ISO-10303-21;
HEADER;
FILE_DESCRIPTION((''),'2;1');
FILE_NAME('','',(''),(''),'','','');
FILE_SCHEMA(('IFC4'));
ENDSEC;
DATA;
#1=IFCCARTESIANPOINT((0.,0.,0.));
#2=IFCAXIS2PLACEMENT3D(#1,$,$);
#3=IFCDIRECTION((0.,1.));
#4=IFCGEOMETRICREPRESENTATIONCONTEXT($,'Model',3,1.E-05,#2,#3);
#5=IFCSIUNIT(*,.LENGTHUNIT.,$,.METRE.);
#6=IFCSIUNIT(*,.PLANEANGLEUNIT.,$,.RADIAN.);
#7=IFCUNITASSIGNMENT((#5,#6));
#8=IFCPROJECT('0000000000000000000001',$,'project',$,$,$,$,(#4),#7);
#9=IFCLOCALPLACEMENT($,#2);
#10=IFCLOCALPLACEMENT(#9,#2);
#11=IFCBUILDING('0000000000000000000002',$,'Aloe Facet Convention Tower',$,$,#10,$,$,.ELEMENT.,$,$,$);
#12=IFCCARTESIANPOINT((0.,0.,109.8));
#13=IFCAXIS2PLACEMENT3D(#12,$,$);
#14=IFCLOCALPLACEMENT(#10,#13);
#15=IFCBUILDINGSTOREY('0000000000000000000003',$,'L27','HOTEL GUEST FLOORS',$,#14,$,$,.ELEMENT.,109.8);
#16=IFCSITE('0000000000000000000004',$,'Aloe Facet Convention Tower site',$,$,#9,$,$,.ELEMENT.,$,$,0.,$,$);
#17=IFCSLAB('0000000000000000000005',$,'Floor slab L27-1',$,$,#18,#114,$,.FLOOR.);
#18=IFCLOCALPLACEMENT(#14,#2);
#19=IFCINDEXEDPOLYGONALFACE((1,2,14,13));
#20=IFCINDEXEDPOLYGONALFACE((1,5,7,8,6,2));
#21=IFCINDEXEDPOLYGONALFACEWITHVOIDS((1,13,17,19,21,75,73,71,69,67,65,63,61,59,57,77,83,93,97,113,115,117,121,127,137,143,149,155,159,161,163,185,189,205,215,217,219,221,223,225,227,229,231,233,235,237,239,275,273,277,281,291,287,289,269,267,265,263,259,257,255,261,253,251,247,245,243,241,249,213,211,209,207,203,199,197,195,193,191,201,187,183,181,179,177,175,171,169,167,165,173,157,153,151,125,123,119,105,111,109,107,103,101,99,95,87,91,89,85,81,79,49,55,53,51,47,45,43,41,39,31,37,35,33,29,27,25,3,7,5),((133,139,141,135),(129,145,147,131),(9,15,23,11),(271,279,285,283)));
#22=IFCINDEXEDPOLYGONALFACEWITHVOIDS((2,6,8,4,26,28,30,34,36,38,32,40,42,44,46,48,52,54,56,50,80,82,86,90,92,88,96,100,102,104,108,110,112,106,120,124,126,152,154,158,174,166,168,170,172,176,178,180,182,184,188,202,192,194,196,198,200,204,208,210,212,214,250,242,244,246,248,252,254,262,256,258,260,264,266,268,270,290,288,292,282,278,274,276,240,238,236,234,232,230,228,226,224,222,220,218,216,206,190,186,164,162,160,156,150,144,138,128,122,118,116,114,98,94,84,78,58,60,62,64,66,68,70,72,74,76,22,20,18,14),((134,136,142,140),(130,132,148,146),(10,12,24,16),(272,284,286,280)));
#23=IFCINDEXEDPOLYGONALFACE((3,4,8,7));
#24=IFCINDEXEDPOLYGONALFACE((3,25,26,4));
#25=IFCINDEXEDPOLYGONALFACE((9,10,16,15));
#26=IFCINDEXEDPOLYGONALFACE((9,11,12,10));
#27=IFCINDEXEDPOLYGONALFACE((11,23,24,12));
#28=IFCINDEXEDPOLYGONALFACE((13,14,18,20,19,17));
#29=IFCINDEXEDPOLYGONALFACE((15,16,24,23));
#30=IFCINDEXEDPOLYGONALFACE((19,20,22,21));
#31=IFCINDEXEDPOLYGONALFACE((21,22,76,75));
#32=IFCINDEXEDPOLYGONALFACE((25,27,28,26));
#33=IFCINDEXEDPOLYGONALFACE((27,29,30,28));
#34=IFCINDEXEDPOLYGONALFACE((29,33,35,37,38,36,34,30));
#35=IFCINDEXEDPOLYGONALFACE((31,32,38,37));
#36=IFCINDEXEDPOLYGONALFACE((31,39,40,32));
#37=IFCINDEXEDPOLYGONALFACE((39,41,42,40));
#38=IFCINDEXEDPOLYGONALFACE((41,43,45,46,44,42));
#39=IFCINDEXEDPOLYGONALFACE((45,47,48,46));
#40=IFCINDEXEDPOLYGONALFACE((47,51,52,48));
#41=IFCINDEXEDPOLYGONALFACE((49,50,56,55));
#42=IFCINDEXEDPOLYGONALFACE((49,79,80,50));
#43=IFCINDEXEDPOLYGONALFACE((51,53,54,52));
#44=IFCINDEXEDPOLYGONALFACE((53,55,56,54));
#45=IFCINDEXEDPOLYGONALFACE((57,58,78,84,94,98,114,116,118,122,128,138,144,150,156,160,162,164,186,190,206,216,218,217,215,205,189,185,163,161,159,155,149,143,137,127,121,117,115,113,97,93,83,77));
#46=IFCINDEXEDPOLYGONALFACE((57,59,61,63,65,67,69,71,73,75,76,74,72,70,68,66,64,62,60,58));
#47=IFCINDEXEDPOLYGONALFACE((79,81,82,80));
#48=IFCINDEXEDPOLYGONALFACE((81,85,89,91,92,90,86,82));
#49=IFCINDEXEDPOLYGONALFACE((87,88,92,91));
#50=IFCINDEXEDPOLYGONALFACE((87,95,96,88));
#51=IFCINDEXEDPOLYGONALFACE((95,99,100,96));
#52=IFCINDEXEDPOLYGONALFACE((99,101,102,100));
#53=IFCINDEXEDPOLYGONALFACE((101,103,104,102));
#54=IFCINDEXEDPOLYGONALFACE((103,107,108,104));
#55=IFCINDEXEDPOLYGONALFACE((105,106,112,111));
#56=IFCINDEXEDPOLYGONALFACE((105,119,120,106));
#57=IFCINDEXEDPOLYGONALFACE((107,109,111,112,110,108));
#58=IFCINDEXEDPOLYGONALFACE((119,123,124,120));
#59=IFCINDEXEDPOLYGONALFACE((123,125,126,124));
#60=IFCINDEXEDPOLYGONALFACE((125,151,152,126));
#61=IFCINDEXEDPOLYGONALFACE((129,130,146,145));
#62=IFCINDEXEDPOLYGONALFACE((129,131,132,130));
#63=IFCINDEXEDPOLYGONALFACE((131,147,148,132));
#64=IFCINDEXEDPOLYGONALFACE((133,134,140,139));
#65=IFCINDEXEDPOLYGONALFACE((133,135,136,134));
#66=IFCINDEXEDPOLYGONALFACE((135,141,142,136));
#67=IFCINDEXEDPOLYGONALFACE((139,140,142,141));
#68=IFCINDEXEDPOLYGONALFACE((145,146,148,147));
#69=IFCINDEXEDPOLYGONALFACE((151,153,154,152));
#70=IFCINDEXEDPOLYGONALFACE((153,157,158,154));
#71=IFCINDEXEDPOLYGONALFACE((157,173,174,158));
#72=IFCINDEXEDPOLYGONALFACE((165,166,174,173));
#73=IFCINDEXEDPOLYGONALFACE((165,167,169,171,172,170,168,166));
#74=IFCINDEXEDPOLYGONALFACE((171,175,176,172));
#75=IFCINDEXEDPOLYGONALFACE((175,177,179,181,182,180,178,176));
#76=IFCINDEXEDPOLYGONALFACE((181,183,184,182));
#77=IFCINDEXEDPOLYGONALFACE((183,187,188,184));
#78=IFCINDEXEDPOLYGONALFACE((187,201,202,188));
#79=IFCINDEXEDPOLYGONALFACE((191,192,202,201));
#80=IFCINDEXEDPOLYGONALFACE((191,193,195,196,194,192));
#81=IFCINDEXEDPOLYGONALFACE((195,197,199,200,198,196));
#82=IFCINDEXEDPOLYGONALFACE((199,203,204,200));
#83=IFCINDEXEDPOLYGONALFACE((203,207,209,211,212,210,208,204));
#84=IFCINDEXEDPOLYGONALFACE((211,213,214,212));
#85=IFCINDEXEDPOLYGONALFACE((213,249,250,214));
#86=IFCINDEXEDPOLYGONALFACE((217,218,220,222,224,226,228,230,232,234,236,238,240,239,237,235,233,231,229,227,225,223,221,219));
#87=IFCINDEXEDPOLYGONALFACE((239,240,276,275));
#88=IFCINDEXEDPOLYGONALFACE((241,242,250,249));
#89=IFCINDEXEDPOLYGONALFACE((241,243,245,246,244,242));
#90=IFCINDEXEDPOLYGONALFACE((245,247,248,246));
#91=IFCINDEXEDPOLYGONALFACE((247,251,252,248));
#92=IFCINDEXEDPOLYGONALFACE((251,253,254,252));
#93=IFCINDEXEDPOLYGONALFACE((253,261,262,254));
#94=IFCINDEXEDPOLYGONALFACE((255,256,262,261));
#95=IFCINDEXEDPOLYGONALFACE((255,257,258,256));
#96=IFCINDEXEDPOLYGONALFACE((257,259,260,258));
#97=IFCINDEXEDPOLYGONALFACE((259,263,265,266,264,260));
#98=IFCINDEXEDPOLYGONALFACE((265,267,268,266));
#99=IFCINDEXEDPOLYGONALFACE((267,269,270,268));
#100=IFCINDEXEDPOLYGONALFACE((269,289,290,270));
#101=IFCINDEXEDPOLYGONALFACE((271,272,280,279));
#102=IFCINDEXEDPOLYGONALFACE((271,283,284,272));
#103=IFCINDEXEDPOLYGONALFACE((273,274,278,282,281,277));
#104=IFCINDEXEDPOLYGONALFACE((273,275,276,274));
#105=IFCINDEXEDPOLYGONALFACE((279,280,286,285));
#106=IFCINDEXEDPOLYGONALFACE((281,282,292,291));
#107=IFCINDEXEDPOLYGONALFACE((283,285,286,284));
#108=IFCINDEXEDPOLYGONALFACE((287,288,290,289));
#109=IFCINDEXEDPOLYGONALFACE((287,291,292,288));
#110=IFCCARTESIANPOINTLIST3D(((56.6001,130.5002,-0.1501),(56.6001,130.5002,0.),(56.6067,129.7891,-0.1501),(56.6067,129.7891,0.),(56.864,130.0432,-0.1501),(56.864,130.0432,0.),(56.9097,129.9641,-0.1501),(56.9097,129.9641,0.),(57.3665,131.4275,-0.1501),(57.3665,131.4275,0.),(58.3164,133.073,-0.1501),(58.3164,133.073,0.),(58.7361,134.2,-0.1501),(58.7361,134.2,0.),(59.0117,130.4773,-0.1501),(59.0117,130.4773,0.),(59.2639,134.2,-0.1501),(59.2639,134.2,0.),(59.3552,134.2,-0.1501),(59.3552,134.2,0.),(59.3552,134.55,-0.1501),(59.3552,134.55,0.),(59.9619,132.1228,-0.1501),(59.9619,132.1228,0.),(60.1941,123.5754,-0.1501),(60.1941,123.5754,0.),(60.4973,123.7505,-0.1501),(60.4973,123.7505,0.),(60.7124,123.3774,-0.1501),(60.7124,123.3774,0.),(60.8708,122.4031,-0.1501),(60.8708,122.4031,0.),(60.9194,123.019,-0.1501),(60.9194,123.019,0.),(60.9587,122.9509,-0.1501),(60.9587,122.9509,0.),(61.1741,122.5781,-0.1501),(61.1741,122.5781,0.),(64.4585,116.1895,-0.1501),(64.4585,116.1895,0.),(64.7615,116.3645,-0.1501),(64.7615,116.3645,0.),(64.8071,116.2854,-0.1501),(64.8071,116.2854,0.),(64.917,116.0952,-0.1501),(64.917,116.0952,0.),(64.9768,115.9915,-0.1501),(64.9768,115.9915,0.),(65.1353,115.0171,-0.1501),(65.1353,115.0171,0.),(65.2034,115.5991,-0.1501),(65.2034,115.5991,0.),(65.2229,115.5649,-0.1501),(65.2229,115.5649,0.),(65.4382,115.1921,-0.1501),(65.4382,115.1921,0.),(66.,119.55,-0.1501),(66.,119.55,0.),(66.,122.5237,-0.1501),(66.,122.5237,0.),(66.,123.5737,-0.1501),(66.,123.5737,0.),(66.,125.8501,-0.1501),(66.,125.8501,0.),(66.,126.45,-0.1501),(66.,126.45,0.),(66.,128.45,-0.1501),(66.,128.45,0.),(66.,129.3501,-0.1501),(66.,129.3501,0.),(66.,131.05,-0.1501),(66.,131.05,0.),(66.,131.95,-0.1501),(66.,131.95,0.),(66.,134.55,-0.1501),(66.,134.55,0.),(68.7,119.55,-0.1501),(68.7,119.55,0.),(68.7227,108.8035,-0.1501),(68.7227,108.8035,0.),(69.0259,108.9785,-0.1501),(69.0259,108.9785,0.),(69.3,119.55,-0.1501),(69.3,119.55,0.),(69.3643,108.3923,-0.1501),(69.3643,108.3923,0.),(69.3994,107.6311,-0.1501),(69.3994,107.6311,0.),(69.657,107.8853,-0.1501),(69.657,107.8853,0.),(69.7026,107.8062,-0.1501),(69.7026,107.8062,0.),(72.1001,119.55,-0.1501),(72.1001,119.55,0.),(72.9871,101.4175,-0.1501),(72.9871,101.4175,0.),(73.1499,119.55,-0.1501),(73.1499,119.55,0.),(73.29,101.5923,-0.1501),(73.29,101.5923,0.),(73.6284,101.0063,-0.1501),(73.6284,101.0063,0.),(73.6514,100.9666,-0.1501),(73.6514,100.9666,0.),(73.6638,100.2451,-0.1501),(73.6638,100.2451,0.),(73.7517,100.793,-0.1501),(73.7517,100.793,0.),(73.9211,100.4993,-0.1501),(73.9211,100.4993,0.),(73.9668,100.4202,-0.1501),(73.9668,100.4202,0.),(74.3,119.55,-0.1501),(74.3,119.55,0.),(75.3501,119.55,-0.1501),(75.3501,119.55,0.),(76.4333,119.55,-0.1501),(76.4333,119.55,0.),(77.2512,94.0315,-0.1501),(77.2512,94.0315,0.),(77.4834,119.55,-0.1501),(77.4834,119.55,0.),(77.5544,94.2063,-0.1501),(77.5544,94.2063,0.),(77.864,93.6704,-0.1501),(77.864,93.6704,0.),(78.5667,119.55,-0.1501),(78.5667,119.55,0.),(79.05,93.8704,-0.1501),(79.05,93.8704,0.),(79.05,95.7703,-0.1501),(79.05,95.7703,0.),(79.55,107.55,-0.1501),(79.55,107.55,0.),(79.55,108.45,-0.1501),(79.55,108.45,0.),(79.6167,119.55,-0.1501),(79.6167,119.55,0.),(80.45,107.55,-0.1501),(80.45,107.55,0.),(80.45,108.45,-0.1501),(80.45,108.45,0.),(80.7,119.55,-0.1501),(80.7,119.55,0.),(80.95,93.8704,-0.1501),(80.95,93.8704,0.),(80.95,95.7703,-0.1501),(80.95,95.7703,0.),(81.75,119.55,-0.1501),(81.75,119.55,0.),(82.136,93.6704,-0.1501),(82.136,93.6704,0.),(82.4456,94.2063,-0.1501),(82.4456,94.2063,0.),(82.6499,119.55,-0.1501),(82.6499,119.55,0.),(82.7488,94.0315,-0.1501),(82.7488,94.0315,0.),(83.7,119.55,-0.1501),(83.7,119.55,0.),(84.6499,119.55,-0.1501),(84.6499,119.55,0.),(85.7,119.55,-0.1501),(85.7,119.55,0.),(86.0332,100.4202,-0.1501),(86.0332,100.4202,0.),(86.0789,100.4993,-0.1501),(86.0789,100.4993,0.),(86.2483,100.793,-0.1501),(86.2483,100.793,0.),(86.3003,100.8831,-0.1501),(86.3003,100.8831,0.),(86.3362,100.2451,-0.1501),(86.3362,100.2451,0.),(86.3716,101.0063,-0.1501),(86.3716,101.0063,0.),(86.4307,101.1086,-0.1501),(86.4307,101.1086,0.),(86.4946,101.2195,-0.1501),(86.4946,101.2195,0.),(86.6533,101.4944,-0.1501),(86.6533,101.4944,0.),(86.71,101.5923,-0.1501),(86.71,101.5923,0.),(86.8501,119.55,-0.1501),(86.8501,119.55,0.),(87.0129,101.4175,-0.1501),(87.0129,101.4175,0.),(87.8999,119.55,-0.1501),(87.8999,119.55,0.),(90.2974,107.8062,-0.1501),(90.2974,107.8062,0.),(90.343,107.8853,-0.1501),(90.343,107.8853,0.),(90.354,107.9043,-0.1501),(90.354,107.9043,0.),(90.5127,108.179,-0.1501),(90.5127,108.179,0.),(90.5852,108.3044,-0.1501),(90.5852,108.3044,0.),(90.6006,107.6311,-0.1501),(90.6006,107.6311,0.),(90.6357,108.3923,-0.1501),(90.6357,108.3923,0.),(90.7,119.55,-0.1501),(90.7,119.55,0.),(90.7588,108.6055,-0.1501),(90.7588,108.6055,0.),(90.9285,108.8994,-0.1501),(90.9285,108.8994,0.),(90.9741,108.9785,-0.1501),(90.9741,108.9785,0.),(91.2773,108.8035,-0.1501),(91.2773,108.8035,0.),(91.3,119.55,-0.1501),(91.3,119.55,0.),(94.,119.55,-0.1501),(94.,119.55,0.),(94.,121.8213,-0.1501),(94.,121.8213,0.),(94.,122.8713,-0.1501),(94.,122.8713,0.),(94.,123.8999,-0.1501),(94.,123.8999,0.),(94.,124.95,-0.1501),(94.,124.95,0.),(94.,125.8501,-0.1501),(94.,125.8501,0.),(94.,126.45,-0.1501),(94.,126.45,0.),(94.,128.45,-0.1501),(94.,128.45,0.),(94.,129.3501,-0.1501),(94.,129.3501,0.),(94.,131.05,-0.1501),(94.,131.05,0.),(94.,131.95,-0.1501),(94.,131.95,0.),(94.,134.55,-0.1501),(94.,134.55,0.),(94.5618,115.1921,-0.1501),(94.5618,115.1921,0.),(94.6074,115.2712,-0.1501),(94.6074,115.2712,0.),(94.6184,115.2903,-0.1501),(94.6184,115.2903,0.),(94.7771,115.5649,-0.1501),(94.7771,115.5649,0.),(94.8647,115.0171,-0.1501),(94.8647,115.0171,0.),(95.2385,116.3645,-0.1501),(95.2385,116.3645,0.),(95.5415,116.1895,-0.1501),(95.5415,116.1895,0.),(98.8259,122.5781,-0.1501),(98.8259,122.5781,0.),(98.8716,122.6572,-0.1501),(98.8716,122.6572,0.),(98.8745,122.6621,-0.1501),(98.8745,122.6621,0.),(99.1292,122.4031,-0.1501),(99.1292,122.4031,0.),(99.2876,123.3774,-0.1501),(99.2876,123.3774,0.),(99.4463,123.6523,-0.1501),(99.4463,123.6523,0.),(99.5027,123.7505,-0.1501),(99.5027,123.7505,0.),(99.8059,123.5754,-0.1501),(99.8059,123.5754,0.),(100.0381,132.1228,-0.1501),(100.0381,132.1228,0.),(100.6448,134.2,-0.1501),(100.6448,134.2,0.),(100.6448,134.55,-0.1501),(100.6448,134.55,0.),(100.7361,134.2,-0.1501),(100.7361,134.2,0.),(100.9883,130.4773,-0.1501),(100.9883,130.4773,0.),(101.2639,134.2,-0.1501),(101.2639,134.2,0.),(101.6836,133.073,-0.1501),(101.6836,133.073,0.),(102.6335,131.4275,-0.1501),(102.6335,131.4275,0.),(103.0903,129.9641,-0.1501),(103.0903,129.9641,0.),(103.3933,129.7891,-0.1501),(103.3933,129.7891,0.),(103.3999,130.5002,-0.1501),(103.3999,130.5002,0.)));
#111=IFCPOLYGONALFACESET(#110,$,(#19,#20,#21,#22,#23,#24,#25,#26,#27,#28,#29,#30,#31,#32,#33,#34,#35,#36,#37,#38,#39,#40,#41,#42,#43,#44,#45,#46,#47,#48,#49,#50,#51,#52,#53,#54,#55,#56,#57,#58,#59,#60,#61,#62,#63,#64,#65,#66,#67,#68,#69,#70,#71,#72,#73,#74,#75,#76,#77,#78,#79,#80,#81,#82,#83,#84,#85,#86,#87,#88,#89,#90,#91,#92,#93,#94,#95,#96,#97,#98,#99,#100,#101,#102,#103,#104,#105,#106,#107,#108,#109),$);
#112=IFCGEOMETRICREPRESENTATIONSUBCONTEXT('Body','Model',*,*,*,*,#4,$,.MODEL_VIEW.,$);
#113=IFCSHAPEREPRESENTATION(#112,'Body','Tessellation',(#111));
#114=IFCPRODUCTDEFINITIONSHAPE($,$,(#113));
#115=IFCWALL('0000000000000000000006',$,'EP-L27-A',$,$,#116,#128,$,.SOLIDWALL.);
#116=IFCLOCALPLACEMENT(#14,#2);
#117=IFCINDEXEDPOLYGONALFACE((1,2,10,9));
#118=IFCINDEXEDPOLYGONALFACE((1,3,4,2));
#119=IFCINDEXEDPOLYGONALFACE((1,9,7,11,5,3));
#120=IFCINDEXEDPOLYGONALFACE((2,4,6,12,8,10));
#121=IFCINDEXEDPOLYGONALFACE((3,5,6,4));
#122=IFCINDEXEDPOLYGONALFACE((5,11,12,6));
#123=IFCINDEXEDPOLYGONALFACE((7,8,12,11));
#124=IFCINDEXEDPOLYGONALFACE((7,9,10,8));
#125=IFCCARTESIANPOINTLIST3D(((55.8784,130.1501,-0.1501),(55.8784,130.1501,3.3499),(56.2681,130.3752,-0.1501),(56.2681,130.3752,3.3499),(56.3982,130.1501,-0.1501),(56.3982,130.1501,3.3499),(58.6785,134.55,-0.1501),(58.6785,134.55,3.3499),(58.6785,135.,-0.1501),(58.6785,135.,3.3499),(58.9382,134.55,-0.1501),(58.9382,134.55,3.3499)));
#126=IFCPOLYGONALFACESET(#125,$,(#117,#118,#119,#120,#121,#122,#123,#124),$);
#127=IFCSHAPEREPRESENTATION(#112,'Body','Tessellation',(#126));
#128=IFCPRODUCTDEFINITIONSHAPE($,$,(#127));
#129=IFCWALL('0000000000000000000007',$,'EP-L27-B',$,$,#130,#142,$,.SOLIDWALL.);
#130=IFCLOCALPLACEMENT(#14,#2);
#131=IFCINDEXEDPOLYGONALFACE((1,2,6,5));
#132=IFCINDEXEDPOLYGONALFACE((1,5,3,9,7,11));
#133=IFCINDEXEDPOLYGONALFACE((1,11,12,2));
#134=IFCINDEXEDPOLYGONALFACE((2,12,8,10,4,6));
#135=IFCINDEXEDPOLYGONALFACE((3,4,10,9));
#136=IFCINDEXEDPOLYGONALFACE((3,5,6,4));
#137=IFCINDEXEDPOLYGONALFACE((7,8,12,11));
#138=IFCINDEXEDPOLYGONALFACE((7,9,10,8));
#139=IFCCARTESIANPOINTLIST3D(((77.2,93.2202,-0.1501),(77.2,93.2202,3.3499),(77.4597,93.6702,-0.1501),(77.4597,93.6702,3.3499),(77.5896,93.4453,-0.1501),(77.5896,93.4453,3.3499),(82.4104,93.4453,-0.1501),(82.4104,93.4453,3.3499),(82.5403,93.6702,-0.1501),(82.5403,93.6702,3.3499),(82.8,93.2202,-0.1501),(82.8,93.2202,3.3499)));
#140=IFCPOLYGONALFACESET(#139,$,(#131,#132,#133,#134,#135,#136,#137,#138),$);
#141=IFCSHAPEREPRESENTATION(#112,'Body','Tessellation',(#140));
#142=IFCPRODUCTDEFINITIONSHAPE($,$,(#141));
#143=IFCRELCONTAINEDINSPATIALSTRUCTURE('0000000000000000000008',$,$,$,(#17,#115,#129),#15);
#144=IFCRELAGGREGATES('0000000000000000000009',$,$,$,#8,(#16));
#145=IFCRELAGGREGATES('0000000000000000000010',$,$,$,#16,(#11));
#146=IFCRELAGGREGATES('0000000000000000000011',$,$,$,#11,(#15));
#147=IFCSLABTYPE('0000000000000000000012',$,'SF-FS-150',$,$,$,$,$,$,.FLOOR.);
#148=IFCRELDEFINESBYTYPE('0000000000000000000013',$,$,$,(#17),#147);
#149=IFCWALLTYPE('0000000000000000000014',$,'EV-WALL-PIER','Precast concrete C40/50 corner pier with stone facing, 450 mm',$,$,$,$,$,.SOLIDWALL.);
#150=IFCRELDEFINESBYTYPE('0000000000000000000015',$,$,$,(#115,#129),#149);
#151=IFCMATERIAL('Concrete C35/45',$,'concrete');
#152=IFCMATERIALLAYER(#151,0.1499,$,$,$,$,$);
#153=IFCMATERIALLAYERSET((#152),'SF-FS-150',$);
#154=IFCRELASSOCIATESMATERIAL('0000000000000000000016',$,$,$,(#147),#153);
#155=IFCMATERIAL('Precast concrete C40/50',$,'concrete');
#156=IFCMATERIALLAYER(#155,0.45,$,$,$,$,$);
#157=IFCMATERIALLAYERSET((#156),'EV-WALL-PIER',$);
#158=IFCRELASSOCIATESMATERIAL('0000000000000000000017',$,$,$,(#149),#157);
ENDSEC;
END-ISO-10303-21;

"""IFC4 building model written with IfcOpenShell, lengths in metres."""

from ifc_helpers import new_model, si_unit, direction, frame, origin, place, context, subcontext, project, spatial, polyline, outline, extrude, material, layer, layer_set, type_object, element, save


model = new_model("IFC4")

# Units and contexts
model_context = context("Model", 3, precision=1e-05, world=origin(), true_north=direction((0.0, 1.0)))
body_context = subcontext(model_context, "Body", "Model", "MODEL_VIEW")
ifc_project = project(units=[si_unit("LENGTHUNIT", "METRE"), si_unit("PLANEANGLEUNIT", "RADIAN")], contexts=[model_context])

# Site, building, storey
site_placement = place(None, origin())
site = spatial("IfcSite", under=ifc_project, at=site_placement, Name="Aloe Facet Convention Tower site", CompositionType="ELEMENT", RefElevation=0.0)
building_placement = place(site_placement, origin())
building = spatial("IfcBuilding", under=site, at=building_placement, Name="Aloe Facet Convention Tower", CompositionType="ELEMENT")
storey_placement = place(building_placement, frame((0.0, 0.0, 109.8)))
storey = spatial("IfcBuildingStorey", under=building, at=storey_placement, Name="L27", Description="HOTEL GUEST FLOORS", CompositionType="ELEMENT", Elevation=109.8)

# Slab
ifc_material_1 = material(Name="Concrete C35/45", Category="concrete")
ifc_layer_1 = layer(ifc_material_1, 0.1499)
ifc_layer_set_1 = layer_set([ifc_layer_1], Name="SF-FS-150")
slab_type_1 = type_object("IfcSlabType", Name="SF-FS-150", PredefinedType="FLOOR", material=ifc_layer_set_1)
slab_1_placement = place(storey_placement, frame((0.0, 0.0, -0.1501)))
element("IfcSlab", 1, at=slab_1_placement, inside=storey, type_object=slab_type_1, Name="Floor slab L27-1", PredefinedType="FLOOR", context=body_context, shape_type="SweptSolid", body=[
    extrude(outline(polyline([(103.3999, 130.5002), (103.0903, 129.9641), (103.3933, 129.7891), (99.8059, 123.5754), (99.5027, 123.7505), (99.4463, 123.6523), (99.2876, 123.3774), (98.8745, 122.6621), (98.8716, 122.6572), (98.8259, 122.5781), (99.1292, 122.4031), (95.5415, 116.1895), (95.2385, 116.3645), (94.7771, 115.5649), (94.6184, 115.2903), (94.6074, 115.2712), (94.5618, 115.1921), (94.8647, 115.0171), (91.2773, 108.8035), (90.9741, 108.9785), (90.9285, 108.8994), (90.7588, 108.6055), (90.6357, 108.3923), (90.5852, 108.3044), (90.5127, 108.179), (90.354, 107.9043), (90.343, 107.8853), (90.2974, 107.8062), (90.6006, 107.6311), (87.0129, 101.4175), (86.71, 101.5923), (86.6533, 101.4944), (86.4946, 101.2195), (86.4307, 101.1086), (86.3716, 101.0063), (86.3003, 100.8831), (86.2483, 100.793), (86.0789, 100.4993), (86.0332, 100.4202), (86.3362, 100.2451), (82.7488, 94.0315), (82.4456, 94.2063), (82.136, 93.6704), (77.864, 93.6704), (77.5544, 94.2063), (77.2512, 94.0315), (73.6638, 100.2451), (73.9668, 100.4202), (73.9211, 100.4993), (73.7517, 100.793), (73.6514, 100.9666), (73.6284, 101.0063), (73.29, 101.5923), (72.9871, 101.4175), (69.3994, 107.6311), (69.7026, 107.8062), (69.657, 107.8853), (69.3643, 108.3923), (69.0259, 108.9785), (68.7227, 108.8035), (65.1353, 115.0171), (65.4382, 115.1921), (65.2229, 115.5649), (65.2034, 115.5991), (64.9768, 115.9915), (64.917, 116.0952), (64.8071, 116.2854), (64.7615, 116.3645), (64.4585, 116.1895), (60.8708, 122.4031), (61.1741, 122.5781), (60.9587, 122.9509), (60.9194, 123.019), (60.7124, 123.3774), (60.4973, 123.7505), (60.1941, 123.5754), (56.6067, 129.7891), (56.9097, 129.9641), (56.864, 130.0432), (56.6001, 130.5002), (58.7361, 134.2), (59.2639, 134.2), (59.3552, 134.2), (59.3552, 134.55), (66.0, 134.55), (66.0, 131.95), (66.0, 131.05), (66.0, 129.3501), (66.0, 128.45), (66.0, 126.45), (66.0, 125.8501), (66.0, 123.5737), (66.0, 122.5237), (66.0, 119.55), (68.7, 119.55), (69.3, 119.55), (72.1001, 119.55), (73.1499, 119.55), (74.3, 119.55), (75.3501, 119.55), (76.4333, 119.55), (77.4834, 119.55), (78.5667, 119.55), (79.6167, 119.55), (80.7, 119.55), (81.75, 119.55), (82.6499, 119.55), (83.7, 119.55), (84.6499, 119.55), (85.7, 119.55), (86.8501, 119.55), (87.8999, 119.55), (90.7, 119.55), (91.3, 119.55), (94.0, 119.55), (94.0, 121.8213), (94.0, 122.8713), (94.0, 123.8999), (94.0, 124.95), (94.0, 125.8501), (94.0, 126.45), (94.0, 128.45), (94.0, 129.3501), (94.0, 131.05), (94.0, 131.95), (94.0, 134.55), (100.6448, 134.55), (100.6448, 134.2), (100.7361, 134.2), (101.2639, 134.2), (103.3999, 130.5002)]), holes=[polyline([(59.9619, 132.1228), (58.3164, 133.073), (57.3665, 131.4275), (59.0117, 130.4773), (59.9619, 132.1228)]), polyline([(79.05, 95.7703), (79.05, 93.8704), (80.95, 93.8704), (80.95, 95.7703), (79.05, 95.7703)]), polyline([(79.55, 107.55), (80.45, 107.55), (80.45, 108.45), (79.55, 108.45), (79.55, 107.55)]), polyline([(100.9883, 130.4773), (102.6335, 131.4275), (101.6836, 133.073), (100.0381, 132.1228), (100.9883, 130.4773)])]), origin(), (0.0, 0.0, 1.0), 0.1501),
])

# Walls
ifc_material_2 = material(Name="Precast concrete C40/50", Category="concrete")
ifc_layer_2 = layer(ifc_material_2, 0.45)
ifc_layer_set_2 = layer_set([ifc_layer_2], Name="EV-WALL-PIER")
wall_type_1 = type_object("IfcWallType", Name="EV-WALL-PIER", Description="Precast concrete C40/50 corner pier with stone facing, 450 mm", PredefinedType="SOLIDWALL", material=ifc_layer_set_2)
wall_1_placement = place(storey_placement, frame((0.0, 0.0, -0.1501)))
element("IfcWall", 2, at=wall_1_placement, inside=storey, type_object=wall_type_1, Name="EP-L27-A", PredefinedType="SOLIDWALL", context=body_context, shape_type="SweptSolid", body=[
    extrude(outline(polyline([(58.6785, 135.0), (58.6785, 134.55), (58.9382, 134.55), (56.3982, 130.1501), (56.2681, 130.3752), (55.8784, 130.1501), (58.6785, 135.0)])), origin(), (0.0, 0.0, 1.0), 3.5),
])
wall_2_placement = place(storey_placement, frame((0.0, 0.0, -0.1501)))
element("IfcWall", 3, at=wall_2_placement, inside=storey, type_object=wall_type_1, Name="EP-L27-B", PredefinedType="SOLIDWALL", context=body_context, shape_type="SweptSolid", body=[
    extrude(outline(polyline([(77.2, 93.2202), (77.5896, 93.4453), (77.4597, 93.6702), (82.5403, 93.6702), (82.4104, 93.4453), (82.8, 93.2202), (77.2, 93.2202)])), origin(), (0.0, 0.0, 1.0), 3.5),
])

save(model, "model.ifc")
